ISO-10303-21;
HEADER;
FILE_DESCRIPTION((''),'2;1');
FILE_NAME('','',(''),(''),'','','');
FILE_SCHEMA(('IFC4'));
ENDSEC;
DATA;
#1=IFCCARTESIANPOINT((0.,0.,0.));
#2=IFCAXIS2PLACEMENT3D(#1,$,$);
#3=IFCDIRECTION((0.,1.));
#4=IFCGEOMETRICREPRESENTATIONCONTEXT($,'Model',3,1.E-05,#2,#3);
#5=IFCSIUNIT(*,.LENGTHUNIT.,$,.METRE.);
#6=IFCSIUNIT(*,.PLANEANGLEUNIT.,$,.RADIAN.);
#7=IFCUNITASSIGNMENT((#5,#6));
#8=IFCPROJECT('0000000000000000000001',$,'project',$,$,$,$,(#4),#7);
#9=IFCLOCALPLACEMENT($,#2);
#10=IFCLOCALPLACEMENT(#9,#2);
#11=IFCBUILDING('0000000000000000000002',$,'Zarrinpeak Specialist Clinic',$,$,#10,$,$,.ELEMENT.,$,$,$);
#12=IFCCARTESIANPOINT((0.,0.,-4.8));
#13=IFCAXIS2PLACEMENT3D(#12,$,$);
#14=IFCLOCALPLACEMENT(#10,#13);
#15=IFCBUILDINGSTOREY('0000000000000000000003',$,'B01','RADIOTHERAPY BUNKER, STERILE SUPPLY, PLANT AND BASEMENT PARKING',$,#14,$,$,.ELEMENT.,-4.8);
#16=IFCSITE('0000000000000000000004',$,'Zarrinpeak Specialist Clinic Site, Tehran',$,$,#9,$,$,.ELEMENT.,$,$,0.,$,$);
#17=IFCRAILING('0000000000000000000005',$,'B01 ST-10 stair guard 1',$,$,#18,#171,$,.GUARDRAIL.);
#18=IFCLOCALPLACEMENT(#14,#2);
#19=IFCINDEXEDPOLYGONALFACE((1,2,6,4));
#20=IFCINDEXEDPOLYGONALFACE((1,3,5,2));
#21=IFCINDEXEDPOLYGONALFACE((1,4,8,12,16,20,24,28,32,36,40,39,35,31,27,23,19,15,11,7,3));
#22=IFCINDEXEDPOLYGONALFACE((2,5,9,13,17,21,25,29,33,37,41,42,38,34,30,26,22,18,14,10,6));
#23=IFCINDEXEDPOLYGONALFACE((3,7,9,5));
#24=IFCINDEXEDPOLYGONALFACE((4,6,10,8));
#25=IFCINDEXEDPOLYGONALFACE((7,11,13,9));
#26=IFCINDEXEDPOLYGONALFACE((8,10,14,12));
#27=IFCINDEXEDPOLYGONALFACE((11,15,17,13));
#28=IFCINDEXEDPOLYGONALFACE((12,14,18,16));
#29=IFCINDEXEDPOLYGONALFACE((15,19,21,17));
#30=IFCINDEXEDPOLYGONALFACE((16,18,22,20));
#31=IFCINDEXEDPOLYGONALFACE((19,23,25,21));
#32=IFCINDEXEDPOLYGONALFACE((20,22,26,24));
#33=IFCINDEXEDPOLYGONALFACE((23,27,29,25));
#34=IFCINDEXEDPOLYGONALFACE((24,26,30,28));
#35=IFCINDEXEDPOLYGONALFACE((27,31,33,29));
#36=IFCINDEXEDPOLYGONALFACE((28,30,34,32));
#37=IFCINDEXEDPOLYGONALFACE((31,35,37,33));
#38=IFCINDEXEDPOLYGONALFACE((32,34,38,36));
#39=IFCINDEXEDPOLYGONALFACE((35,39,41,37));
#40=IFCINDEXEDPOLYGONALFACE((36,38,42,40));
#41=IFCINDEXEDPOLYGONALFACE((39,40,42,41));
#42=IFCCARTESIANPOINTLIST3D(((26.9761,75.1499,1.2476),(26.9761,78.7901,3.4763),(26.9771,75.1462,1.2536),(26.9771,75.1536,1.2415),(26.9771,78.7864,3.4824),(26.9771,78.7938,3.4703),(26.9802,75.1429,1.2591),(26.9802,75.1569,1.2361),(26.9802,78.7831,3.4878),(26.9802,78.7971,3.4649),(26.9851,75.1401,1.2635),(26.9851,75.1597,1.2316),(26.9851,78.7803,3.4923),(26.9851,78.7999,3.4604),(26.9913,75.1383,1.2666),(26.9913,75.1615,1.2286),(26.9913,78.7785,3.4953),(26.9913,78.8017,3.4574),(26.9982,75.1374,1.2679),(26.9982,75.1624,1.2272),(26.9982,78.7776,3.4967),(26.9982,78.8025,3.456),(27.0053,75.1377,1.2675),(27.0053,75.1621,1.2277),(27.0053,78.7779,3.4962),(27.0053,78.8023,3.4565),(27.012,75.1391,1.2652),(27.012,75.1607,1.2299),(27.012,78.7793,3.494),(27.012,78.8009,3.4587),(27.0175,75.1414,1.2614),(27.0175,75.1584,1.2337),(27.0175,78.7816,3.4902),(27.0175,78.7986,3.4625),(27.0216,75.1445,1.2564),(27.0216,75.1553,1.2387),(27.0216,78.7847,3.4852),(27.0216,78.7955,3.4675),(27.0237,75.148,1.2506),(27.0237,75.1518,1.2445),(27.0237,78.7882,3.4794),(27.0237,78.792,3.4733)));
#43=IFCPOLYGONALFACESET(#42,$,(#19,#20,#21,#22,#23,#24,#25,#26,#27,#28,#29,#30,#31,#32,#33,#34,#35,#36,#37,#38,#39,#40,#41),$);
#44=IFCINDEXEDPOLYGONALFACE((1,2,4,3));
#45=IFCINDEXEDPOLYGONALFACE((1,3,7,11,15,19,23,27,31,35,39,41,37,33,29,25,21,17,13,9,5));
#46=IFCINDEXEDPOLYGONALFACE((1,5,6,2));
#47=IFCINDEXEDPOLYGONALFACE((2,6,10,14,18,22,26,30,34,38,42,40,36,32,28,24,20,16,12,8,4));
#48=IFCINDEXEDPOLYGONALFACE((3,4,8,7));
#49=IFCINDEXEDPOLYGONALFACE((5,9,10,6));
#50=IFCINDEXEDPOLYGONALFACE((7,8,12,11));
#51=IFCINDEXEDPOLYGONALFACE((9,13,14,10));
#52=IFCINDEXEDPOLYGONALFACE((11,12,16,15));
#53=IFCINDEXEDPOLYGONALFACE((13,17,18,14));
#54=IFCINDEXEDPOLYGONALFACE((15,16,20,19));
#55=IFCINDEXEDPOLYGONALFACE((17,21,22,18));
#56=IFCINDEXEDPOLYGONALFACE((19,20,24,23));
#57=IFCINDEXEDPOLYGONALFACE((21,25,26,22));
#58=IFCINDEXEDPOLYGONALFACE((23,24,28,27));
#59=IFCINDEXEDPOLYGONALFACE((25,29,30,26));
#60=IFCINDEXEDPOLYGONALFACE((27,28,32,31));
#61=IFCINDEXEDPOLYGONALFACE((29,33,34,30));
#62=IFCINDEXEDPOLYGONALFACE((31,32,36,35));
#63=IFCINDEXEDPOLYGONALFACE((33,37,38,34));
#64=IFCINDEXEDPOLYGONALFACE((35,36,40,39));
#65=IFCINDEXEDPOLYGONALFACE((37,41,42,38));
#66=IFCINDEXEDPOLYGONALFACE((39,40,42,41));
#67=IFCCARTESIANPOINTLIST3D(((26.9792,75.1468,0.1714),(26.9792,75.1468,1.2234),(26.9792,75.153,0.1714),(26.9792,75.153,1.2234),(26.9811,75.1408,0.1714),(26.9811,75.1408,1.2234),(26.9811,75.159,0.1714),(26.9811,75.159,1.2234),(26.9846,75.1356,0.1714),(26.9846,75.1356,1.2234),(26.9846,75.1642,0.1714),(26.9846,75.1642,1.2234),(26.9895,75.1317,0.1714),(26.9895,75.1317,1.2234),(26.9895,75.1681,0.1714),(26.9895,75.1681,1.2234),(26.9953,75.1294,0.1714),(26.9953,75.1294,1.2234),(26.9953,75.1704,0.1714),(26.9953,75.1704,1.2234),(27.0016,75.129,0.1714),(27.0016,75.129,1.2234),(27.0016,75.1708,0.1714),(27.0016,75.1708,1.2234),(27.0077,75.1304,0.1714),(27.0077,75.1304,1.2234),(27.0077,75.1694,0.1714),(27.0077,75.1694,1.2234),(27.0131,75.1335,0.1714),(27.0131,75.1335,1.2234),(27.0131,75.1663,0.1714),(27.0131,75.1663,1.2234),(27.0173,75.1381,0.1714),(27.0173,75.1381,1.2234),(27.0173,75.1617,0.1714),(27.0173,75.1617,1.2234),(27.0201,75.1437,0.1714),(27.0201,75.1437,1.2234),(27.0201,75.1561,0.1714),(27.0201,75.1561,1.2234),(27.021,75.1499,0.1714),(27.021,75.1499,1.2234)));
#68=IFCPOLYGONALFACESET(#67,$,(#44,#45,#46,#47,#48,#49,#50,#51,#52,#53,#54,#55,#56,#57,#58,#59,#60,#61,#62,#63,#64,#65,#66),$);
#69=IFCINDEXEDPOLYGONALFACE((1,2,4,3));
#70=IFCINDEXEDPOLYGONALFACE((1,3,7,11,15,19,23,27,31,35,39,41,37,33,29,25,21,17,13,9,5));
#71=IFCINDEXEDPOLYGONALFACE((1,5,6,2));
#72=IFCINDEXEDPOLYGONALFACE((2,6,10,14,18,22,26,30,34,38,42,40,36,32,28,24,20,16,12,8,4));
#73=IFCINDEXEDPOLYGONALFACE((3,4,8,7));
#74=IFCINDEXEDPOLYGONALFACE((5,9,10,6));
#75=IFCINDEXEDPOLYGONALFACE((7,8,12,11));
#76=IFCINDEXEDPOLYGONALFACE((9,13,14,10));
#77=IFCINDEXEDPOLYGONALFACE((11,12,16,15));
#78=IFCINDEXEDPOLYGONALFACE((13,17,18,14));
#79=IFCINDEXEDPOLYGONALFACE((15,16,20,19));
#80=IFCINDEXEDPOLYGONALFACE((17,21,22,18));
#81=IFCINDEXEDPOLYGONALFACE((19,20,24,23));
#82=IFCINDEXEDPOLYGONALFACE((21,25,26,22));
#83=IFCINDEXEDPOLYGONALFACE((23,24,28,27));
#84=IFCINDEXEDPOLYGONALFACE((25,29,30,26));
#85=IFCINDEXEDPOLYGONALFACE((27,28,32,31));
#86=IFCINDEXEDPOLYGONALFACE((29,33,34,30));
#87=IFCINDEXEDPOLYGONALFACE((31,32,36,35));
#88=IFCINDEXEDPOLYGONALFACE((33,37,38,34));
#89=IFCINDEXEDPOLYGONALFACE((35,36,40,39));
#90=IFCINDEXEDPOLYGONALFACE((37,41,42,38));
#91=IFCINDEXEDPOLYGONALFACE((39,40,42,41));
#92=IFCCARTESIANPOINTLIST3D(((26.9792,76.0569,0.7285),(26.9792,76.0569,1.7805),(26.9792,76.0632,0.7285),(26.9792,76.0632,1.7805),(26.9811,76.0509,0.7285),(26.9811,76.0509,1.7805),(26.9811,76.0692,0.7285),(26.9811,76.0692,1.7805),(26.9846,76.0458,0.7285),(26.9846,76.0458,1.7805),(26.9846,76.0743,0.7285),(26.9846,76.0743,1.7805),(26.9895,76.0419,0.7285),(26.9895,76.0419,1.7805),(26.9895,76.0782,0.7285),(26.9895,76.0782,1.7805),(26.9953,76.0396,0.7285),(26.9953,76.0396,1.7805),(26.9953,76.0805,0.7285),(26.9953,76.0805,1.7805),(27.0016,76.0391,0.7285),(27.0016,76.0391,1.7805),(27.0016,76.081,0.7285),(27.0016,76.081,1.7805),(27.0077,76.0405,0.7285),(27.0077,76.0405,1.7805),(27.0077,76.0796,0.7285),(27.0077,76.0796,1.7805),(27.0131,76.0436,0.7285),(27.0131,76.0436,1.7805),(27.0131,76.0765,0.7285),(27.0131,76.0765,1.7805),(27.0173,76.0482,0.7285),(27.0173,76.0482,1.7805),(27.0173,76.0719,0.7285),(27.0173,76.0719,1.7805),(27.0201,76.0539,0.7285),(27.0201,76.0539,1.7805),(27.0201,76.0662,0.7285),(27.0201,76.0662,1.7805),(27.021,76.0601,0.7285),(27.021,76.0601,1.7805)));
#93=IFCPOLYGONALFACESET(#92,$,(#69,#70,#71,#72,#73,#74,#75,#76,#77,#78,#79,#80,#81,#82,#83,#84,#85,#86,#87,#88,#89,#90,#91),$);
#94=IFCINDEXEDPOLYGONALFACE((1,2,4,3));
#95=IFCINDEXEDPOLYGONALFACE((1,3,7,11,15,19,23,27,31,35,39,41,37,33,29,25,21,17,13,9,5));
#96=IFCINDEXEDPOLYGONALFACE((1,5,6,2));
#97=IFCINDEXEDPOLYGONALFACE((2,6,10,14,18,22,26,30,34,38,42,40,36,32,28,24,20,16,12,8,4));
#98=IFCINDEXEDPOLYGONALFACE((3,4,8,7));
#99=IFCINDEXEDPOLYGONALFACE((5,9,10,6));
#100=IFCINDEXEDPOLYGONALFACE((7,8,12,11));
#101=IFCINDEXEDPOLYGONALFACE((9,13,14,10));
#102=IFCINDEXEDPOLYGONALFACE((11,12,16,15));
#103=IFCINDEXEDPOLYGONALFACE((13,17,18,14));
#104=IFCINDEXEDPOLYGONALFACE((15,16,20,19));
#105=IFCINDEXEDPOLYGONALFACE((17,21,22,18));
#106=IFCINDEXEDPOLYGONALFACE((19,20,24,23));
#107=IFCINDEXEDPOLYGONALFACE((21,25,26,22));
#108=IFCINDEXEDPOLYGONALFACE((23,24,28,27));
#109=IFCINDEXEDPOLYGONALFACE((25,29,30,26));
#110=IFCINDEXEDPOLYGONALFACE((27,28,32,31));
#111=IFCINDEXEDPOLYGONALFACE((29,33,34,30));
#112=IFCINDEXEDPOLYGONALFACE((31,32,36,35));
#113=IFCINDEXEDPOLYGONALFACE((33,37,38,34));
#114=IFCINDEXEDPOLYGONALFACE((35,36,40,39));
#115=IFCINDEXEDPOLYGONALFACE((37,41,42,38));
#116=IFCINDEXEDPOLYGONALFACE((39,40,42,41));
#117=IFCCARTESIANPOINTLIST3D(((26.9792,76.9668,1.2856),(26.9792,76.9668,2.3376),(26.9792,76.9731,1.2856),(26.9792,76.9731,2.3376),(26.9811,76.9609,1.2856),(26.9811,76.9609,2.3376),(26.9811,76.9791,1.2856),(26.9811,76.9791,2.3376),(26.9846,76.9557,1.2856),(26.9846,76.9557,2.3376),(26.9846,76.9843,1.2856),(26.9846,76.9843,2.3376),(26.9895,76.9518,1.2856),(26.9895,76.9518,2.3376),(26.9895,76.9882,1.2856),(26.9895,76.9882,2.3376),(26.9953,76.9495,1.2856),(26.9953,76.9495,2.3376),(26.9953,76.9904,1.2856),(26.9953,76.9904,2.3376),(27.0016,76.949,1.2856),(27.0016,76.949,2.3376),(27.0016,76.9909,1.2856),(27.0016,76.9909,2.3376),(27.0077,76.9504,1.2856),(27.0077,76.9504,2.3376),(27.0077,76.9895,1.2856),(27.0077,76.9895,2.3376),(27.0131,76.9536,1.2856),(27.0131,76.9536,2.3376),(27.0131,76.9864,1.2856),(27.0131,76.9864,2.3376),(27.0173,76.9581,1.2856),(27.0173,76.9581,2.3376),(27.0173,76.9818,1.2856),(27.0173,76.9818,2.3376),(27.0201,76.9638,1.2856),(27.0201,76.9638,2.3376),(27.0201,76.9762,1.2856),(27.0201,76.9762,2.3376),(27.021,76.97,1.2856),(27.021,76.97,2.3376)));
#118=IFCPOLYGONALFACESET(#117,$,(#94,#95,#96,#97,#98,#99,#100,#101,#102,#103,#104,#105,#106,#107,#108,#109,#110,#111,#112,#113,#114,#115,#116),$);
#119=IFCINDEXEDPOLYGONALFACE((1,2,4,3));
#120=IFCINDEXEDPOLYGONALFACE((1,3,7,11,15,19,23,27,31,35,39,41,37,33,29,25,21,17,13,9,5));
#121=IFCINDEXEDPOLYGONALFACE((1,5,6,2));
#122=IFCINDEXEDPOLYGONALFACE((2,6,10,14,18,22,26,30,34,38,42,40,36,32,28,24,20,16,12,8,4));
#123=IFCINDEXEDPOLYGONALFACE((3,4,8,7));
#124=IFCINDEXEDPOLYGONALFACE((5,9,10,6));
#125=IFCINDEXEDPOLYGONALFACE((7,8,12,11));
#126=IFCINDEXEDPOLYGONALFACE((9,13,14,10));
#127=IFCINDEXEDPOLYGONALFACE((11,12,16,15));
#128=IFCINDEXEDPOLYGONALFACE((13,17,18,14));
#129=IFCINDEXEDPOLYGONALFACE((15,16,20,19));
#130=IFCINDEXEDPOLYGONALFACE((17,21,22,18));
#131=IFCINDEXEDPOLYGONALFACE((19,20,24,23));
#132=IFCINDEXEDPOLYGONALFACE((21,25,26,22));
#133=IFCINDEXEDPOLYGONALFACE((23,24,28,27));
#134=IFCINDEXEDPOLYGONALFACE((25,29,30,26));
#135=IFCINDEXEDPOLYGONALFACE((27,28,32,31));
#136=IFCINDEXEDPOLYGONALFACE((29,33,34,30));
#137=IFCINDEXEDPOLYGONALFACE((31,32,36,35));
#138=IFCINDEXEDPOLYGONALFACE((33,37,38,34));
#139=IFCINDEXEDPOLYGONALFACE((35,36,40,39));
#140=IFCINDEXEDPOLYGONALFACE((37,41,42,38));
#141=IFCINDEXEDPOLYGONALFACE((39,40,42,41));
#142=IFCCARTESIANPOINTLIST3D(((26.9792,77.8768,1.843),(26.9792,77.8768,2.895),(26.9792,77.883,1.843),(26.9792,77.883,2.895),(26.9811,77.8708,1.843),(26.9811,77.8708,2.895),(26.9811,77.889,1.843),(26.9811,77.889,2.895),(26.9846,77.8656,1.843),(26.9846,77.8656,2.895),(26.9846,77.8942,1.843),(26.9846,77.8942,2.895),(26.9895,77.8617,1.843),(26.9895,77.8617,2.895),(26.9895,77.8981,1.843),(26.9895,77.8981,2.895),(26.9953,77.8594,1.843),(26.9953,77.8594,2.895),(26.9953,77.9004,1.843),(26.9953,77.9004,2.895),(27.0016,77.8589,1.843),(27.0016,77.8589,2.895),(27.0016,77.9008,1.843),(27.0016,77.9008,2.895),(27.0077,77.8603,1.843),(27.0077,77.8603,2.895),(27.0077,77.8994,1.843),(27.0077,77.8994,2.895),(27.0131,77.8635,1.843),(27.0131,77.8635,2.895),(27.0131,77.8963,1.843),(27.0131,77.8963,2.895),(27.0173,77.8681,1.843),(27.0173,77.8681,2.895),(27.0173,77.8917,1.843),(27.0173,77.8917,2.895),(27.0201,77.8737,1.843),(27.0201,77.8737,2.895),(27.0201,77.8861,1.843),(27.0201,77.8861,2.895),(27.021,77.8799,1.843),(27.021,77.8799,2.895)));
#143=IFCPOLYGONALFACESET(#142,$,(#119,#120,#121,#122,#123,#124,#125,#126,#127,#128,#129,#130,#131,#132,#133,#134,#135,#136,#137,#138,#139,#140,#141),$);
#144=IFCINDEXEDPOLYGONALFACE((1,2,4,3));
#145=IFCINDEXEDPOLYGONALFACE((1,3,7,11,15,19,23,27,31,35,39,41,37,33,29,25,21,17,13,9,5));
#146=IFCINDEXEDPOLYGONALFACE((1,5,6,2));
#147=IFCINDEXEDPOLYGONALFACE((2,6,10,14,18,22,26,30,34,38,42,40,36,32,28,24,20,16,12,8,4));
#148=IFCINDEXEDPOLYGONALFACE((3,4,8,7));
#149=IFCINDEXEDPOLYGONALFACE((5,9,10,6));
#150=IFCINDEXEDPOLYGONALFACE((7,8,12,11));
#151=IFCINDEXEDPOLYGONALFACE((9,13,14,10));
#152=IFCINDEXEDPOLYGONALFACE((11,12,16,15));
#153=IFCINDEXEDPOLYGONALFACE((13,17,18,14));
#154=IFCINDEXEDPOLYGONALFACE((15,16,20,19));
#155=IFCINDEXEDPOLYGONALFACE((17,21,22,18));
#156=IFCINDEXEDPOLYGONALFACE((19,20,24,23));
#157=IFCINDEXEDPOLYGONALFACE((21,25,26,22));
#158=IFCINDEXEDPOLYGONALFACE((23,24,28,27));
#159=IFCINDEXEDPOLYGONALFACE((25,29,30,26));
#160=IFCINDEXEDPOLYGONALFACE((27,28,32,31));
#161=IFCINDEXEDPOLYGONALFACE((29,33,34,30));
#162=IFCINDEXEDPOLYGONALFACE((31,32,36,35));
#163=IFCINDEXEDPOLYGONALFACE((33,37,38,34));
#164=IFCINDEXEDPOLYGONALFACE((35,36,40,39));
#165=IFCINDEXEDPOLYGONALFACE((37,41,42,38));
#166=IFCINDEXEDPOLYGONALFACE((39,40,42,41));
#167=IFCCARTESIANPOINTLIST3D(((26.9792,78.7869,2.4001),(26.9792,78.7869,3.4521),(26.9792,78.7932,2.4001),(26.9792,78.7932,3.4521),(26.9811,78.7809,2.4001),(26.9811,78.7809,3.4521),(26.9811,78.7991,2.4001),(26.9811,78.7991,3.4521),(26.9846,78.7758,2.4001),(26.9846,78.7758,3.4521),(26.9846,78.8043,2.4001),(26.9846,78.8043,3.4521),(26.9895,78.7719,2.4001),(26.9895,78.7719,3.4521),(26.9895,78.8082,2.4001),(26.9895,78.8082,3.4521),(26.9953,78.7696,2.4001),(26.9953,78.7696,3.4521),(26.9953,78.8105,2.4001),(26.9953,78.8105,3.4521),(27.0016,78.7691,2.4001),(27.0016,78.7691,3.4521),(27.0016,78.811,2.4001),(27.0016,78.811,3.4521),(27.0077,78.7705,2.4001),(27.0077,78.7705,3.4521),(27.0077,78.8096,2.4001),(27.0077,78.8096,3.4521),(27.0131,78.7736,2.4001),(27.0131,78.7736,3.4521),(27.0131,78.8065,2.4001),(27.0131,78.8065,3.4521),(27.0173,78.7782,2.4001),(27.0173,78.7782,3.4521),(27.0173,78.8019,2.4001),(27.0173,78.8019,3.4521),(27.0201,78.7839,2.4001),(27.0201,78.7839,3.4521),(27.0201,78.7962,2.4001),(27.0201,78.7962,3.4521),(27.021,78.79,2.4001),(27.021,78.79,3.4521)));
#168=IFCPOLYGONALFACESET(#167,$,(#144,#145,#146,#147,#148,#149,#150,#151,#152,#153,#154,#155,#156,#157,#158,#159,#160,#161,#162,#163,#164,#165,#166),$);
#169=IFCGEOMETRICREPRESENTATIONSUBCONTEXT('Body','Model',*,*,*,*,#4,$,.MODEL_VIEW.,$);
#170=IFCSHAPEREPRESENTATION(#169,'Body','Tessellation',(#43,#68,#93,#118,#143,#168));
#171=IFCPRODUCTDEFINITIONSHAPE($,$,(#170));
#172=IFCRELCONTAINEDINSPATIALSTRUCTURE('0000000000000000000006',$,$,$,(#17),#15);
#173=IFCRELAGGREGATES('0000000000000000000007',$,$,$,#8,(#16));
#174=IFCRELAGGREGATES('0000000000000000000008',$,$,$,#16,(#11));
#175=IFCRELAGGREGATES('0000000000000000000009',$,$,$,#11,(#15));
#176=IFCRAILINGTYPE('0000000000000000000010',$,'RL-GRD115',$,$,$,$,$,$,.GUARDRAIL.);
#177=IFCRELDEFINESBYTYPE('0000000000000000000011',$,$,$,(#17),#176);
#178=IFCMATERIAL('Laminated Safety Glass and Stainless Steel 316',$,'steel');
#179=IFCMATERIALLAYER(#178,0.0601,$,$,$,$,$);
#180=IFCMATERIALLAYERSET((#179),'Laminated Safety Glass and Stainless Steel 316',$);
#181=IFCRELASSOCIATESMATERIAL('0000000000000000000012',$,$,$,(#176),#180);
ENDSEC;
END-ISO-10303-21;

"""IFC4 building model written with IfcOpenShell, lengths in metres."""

from ifc_helpers import new_model, si_unit, direction, frame, origin, origin_2d, place, context, subcontext, project, spatial, circle, extrude, material, layer, layer_set, type_object, element, save


model = new_model("IFC4")

# Units and contexts
model_context = context("Model", 3, precision=1e-05, world=origin(), true_north=direction((0.0, 1.0)))
body_context = subcontext(model_context, "Body", "Model", "MODEL_VIEW")
ifc_project = project(units=[si_unit("LENGTHUNIT", "METRE"), si_unit("PLANEANGLEUNIT", "RADIAN")], contexts=[model_context])

# Site, building, storey
site_placement = place(None, origin())
site = spatial("IfcSite", under=ifc_project, at=site_placement, Name="Zarrinpeak Specialist Clinic Site, Tehran", CompositionType="ELEMENT", RefElevation=0.0)
building_placement = place(site_placement, origin())
building = spatial("IfcBuilding", under=site, at=building_placement, Name="Zarrinpeak Specialist Clinic", CompositionType="ELEMENT")
storey_placement = place(building_placement, frame((0.0, 0.0, -4.8)))
storey = spatial("IfcBuildingStorey", under=building, at=storey_placement, Name="B01", Description="RADIOTHERAPY BUNKER, STERILE SUPPLY, PLANT AND BASEMENT PARKING", CompositionType="ELEMENT", Elevation=-4.8)

# Railing
ifc_material_1 = material(Name="Laminated Safety Glass and Stainless Steel 316", Category="steel")
ifc_layer_1 = layer(ifc_material_1, 0.0601)
ifc_layer_set_1 = layer_set([ifc_layer_1], Name="Laminated Safety Glass and Stainless Steel 316")
railing_type_1 = type_object("IfcRailingType", Name="RL-GRD115", PredefinedType="GUARDRAIL", material=ifc_layer_set_1)
railing_1_placement = place(storey_placement, frame((27.0, 75.1499, 0.1714)))
element("IfcRailing", 1, at=railing_1_placement, inside=storey, type_object=railing_type_1, Name="B01 ST-10 stair guard 1", PredefinedType="GUARDRAIL", context=body_context, shape_type="SweptSolid", body=[
    extrude(circle(Radius=0.0239, at=origin_2d()), frame((0.0, 0.0, 1.0762), z_axis=(0.0, 0.85284, 0.522172), x_axis=(-1.0, 0.0, 0.0)), (0.0, 0.0, 1.0), 4.2683),
    extrude(circle(Radius=0.021, at=origin_2d()), origin(), (0.0, 0.0, 1.0), 1.052),
    extrude(circle(Radius=0.021, at=origin_2d()), frame((0.0, 0.9102, 0.5571)), (0.0, 0.0, 1.0), 1.052),
    extrude(circle(Radius=0.021, at=origin_2d()), frame((0.0, 1.8201, 1.1143)), (0.0, 0.0, 1.0), 1.052),
    extrude(circle(Radius=0.021, at=origin_2d()), frame((0.0, 2.73, 1.6716)), (0.0, 0.0, 1.0), 1.052),
    extrude(circle(Radius=0.021, at=origin_2d()), frame((0.0, 3.6401, 2.2288)), (0.0, 0.0, 1.0), 1.052),
])

save(model, "model.ifc")
